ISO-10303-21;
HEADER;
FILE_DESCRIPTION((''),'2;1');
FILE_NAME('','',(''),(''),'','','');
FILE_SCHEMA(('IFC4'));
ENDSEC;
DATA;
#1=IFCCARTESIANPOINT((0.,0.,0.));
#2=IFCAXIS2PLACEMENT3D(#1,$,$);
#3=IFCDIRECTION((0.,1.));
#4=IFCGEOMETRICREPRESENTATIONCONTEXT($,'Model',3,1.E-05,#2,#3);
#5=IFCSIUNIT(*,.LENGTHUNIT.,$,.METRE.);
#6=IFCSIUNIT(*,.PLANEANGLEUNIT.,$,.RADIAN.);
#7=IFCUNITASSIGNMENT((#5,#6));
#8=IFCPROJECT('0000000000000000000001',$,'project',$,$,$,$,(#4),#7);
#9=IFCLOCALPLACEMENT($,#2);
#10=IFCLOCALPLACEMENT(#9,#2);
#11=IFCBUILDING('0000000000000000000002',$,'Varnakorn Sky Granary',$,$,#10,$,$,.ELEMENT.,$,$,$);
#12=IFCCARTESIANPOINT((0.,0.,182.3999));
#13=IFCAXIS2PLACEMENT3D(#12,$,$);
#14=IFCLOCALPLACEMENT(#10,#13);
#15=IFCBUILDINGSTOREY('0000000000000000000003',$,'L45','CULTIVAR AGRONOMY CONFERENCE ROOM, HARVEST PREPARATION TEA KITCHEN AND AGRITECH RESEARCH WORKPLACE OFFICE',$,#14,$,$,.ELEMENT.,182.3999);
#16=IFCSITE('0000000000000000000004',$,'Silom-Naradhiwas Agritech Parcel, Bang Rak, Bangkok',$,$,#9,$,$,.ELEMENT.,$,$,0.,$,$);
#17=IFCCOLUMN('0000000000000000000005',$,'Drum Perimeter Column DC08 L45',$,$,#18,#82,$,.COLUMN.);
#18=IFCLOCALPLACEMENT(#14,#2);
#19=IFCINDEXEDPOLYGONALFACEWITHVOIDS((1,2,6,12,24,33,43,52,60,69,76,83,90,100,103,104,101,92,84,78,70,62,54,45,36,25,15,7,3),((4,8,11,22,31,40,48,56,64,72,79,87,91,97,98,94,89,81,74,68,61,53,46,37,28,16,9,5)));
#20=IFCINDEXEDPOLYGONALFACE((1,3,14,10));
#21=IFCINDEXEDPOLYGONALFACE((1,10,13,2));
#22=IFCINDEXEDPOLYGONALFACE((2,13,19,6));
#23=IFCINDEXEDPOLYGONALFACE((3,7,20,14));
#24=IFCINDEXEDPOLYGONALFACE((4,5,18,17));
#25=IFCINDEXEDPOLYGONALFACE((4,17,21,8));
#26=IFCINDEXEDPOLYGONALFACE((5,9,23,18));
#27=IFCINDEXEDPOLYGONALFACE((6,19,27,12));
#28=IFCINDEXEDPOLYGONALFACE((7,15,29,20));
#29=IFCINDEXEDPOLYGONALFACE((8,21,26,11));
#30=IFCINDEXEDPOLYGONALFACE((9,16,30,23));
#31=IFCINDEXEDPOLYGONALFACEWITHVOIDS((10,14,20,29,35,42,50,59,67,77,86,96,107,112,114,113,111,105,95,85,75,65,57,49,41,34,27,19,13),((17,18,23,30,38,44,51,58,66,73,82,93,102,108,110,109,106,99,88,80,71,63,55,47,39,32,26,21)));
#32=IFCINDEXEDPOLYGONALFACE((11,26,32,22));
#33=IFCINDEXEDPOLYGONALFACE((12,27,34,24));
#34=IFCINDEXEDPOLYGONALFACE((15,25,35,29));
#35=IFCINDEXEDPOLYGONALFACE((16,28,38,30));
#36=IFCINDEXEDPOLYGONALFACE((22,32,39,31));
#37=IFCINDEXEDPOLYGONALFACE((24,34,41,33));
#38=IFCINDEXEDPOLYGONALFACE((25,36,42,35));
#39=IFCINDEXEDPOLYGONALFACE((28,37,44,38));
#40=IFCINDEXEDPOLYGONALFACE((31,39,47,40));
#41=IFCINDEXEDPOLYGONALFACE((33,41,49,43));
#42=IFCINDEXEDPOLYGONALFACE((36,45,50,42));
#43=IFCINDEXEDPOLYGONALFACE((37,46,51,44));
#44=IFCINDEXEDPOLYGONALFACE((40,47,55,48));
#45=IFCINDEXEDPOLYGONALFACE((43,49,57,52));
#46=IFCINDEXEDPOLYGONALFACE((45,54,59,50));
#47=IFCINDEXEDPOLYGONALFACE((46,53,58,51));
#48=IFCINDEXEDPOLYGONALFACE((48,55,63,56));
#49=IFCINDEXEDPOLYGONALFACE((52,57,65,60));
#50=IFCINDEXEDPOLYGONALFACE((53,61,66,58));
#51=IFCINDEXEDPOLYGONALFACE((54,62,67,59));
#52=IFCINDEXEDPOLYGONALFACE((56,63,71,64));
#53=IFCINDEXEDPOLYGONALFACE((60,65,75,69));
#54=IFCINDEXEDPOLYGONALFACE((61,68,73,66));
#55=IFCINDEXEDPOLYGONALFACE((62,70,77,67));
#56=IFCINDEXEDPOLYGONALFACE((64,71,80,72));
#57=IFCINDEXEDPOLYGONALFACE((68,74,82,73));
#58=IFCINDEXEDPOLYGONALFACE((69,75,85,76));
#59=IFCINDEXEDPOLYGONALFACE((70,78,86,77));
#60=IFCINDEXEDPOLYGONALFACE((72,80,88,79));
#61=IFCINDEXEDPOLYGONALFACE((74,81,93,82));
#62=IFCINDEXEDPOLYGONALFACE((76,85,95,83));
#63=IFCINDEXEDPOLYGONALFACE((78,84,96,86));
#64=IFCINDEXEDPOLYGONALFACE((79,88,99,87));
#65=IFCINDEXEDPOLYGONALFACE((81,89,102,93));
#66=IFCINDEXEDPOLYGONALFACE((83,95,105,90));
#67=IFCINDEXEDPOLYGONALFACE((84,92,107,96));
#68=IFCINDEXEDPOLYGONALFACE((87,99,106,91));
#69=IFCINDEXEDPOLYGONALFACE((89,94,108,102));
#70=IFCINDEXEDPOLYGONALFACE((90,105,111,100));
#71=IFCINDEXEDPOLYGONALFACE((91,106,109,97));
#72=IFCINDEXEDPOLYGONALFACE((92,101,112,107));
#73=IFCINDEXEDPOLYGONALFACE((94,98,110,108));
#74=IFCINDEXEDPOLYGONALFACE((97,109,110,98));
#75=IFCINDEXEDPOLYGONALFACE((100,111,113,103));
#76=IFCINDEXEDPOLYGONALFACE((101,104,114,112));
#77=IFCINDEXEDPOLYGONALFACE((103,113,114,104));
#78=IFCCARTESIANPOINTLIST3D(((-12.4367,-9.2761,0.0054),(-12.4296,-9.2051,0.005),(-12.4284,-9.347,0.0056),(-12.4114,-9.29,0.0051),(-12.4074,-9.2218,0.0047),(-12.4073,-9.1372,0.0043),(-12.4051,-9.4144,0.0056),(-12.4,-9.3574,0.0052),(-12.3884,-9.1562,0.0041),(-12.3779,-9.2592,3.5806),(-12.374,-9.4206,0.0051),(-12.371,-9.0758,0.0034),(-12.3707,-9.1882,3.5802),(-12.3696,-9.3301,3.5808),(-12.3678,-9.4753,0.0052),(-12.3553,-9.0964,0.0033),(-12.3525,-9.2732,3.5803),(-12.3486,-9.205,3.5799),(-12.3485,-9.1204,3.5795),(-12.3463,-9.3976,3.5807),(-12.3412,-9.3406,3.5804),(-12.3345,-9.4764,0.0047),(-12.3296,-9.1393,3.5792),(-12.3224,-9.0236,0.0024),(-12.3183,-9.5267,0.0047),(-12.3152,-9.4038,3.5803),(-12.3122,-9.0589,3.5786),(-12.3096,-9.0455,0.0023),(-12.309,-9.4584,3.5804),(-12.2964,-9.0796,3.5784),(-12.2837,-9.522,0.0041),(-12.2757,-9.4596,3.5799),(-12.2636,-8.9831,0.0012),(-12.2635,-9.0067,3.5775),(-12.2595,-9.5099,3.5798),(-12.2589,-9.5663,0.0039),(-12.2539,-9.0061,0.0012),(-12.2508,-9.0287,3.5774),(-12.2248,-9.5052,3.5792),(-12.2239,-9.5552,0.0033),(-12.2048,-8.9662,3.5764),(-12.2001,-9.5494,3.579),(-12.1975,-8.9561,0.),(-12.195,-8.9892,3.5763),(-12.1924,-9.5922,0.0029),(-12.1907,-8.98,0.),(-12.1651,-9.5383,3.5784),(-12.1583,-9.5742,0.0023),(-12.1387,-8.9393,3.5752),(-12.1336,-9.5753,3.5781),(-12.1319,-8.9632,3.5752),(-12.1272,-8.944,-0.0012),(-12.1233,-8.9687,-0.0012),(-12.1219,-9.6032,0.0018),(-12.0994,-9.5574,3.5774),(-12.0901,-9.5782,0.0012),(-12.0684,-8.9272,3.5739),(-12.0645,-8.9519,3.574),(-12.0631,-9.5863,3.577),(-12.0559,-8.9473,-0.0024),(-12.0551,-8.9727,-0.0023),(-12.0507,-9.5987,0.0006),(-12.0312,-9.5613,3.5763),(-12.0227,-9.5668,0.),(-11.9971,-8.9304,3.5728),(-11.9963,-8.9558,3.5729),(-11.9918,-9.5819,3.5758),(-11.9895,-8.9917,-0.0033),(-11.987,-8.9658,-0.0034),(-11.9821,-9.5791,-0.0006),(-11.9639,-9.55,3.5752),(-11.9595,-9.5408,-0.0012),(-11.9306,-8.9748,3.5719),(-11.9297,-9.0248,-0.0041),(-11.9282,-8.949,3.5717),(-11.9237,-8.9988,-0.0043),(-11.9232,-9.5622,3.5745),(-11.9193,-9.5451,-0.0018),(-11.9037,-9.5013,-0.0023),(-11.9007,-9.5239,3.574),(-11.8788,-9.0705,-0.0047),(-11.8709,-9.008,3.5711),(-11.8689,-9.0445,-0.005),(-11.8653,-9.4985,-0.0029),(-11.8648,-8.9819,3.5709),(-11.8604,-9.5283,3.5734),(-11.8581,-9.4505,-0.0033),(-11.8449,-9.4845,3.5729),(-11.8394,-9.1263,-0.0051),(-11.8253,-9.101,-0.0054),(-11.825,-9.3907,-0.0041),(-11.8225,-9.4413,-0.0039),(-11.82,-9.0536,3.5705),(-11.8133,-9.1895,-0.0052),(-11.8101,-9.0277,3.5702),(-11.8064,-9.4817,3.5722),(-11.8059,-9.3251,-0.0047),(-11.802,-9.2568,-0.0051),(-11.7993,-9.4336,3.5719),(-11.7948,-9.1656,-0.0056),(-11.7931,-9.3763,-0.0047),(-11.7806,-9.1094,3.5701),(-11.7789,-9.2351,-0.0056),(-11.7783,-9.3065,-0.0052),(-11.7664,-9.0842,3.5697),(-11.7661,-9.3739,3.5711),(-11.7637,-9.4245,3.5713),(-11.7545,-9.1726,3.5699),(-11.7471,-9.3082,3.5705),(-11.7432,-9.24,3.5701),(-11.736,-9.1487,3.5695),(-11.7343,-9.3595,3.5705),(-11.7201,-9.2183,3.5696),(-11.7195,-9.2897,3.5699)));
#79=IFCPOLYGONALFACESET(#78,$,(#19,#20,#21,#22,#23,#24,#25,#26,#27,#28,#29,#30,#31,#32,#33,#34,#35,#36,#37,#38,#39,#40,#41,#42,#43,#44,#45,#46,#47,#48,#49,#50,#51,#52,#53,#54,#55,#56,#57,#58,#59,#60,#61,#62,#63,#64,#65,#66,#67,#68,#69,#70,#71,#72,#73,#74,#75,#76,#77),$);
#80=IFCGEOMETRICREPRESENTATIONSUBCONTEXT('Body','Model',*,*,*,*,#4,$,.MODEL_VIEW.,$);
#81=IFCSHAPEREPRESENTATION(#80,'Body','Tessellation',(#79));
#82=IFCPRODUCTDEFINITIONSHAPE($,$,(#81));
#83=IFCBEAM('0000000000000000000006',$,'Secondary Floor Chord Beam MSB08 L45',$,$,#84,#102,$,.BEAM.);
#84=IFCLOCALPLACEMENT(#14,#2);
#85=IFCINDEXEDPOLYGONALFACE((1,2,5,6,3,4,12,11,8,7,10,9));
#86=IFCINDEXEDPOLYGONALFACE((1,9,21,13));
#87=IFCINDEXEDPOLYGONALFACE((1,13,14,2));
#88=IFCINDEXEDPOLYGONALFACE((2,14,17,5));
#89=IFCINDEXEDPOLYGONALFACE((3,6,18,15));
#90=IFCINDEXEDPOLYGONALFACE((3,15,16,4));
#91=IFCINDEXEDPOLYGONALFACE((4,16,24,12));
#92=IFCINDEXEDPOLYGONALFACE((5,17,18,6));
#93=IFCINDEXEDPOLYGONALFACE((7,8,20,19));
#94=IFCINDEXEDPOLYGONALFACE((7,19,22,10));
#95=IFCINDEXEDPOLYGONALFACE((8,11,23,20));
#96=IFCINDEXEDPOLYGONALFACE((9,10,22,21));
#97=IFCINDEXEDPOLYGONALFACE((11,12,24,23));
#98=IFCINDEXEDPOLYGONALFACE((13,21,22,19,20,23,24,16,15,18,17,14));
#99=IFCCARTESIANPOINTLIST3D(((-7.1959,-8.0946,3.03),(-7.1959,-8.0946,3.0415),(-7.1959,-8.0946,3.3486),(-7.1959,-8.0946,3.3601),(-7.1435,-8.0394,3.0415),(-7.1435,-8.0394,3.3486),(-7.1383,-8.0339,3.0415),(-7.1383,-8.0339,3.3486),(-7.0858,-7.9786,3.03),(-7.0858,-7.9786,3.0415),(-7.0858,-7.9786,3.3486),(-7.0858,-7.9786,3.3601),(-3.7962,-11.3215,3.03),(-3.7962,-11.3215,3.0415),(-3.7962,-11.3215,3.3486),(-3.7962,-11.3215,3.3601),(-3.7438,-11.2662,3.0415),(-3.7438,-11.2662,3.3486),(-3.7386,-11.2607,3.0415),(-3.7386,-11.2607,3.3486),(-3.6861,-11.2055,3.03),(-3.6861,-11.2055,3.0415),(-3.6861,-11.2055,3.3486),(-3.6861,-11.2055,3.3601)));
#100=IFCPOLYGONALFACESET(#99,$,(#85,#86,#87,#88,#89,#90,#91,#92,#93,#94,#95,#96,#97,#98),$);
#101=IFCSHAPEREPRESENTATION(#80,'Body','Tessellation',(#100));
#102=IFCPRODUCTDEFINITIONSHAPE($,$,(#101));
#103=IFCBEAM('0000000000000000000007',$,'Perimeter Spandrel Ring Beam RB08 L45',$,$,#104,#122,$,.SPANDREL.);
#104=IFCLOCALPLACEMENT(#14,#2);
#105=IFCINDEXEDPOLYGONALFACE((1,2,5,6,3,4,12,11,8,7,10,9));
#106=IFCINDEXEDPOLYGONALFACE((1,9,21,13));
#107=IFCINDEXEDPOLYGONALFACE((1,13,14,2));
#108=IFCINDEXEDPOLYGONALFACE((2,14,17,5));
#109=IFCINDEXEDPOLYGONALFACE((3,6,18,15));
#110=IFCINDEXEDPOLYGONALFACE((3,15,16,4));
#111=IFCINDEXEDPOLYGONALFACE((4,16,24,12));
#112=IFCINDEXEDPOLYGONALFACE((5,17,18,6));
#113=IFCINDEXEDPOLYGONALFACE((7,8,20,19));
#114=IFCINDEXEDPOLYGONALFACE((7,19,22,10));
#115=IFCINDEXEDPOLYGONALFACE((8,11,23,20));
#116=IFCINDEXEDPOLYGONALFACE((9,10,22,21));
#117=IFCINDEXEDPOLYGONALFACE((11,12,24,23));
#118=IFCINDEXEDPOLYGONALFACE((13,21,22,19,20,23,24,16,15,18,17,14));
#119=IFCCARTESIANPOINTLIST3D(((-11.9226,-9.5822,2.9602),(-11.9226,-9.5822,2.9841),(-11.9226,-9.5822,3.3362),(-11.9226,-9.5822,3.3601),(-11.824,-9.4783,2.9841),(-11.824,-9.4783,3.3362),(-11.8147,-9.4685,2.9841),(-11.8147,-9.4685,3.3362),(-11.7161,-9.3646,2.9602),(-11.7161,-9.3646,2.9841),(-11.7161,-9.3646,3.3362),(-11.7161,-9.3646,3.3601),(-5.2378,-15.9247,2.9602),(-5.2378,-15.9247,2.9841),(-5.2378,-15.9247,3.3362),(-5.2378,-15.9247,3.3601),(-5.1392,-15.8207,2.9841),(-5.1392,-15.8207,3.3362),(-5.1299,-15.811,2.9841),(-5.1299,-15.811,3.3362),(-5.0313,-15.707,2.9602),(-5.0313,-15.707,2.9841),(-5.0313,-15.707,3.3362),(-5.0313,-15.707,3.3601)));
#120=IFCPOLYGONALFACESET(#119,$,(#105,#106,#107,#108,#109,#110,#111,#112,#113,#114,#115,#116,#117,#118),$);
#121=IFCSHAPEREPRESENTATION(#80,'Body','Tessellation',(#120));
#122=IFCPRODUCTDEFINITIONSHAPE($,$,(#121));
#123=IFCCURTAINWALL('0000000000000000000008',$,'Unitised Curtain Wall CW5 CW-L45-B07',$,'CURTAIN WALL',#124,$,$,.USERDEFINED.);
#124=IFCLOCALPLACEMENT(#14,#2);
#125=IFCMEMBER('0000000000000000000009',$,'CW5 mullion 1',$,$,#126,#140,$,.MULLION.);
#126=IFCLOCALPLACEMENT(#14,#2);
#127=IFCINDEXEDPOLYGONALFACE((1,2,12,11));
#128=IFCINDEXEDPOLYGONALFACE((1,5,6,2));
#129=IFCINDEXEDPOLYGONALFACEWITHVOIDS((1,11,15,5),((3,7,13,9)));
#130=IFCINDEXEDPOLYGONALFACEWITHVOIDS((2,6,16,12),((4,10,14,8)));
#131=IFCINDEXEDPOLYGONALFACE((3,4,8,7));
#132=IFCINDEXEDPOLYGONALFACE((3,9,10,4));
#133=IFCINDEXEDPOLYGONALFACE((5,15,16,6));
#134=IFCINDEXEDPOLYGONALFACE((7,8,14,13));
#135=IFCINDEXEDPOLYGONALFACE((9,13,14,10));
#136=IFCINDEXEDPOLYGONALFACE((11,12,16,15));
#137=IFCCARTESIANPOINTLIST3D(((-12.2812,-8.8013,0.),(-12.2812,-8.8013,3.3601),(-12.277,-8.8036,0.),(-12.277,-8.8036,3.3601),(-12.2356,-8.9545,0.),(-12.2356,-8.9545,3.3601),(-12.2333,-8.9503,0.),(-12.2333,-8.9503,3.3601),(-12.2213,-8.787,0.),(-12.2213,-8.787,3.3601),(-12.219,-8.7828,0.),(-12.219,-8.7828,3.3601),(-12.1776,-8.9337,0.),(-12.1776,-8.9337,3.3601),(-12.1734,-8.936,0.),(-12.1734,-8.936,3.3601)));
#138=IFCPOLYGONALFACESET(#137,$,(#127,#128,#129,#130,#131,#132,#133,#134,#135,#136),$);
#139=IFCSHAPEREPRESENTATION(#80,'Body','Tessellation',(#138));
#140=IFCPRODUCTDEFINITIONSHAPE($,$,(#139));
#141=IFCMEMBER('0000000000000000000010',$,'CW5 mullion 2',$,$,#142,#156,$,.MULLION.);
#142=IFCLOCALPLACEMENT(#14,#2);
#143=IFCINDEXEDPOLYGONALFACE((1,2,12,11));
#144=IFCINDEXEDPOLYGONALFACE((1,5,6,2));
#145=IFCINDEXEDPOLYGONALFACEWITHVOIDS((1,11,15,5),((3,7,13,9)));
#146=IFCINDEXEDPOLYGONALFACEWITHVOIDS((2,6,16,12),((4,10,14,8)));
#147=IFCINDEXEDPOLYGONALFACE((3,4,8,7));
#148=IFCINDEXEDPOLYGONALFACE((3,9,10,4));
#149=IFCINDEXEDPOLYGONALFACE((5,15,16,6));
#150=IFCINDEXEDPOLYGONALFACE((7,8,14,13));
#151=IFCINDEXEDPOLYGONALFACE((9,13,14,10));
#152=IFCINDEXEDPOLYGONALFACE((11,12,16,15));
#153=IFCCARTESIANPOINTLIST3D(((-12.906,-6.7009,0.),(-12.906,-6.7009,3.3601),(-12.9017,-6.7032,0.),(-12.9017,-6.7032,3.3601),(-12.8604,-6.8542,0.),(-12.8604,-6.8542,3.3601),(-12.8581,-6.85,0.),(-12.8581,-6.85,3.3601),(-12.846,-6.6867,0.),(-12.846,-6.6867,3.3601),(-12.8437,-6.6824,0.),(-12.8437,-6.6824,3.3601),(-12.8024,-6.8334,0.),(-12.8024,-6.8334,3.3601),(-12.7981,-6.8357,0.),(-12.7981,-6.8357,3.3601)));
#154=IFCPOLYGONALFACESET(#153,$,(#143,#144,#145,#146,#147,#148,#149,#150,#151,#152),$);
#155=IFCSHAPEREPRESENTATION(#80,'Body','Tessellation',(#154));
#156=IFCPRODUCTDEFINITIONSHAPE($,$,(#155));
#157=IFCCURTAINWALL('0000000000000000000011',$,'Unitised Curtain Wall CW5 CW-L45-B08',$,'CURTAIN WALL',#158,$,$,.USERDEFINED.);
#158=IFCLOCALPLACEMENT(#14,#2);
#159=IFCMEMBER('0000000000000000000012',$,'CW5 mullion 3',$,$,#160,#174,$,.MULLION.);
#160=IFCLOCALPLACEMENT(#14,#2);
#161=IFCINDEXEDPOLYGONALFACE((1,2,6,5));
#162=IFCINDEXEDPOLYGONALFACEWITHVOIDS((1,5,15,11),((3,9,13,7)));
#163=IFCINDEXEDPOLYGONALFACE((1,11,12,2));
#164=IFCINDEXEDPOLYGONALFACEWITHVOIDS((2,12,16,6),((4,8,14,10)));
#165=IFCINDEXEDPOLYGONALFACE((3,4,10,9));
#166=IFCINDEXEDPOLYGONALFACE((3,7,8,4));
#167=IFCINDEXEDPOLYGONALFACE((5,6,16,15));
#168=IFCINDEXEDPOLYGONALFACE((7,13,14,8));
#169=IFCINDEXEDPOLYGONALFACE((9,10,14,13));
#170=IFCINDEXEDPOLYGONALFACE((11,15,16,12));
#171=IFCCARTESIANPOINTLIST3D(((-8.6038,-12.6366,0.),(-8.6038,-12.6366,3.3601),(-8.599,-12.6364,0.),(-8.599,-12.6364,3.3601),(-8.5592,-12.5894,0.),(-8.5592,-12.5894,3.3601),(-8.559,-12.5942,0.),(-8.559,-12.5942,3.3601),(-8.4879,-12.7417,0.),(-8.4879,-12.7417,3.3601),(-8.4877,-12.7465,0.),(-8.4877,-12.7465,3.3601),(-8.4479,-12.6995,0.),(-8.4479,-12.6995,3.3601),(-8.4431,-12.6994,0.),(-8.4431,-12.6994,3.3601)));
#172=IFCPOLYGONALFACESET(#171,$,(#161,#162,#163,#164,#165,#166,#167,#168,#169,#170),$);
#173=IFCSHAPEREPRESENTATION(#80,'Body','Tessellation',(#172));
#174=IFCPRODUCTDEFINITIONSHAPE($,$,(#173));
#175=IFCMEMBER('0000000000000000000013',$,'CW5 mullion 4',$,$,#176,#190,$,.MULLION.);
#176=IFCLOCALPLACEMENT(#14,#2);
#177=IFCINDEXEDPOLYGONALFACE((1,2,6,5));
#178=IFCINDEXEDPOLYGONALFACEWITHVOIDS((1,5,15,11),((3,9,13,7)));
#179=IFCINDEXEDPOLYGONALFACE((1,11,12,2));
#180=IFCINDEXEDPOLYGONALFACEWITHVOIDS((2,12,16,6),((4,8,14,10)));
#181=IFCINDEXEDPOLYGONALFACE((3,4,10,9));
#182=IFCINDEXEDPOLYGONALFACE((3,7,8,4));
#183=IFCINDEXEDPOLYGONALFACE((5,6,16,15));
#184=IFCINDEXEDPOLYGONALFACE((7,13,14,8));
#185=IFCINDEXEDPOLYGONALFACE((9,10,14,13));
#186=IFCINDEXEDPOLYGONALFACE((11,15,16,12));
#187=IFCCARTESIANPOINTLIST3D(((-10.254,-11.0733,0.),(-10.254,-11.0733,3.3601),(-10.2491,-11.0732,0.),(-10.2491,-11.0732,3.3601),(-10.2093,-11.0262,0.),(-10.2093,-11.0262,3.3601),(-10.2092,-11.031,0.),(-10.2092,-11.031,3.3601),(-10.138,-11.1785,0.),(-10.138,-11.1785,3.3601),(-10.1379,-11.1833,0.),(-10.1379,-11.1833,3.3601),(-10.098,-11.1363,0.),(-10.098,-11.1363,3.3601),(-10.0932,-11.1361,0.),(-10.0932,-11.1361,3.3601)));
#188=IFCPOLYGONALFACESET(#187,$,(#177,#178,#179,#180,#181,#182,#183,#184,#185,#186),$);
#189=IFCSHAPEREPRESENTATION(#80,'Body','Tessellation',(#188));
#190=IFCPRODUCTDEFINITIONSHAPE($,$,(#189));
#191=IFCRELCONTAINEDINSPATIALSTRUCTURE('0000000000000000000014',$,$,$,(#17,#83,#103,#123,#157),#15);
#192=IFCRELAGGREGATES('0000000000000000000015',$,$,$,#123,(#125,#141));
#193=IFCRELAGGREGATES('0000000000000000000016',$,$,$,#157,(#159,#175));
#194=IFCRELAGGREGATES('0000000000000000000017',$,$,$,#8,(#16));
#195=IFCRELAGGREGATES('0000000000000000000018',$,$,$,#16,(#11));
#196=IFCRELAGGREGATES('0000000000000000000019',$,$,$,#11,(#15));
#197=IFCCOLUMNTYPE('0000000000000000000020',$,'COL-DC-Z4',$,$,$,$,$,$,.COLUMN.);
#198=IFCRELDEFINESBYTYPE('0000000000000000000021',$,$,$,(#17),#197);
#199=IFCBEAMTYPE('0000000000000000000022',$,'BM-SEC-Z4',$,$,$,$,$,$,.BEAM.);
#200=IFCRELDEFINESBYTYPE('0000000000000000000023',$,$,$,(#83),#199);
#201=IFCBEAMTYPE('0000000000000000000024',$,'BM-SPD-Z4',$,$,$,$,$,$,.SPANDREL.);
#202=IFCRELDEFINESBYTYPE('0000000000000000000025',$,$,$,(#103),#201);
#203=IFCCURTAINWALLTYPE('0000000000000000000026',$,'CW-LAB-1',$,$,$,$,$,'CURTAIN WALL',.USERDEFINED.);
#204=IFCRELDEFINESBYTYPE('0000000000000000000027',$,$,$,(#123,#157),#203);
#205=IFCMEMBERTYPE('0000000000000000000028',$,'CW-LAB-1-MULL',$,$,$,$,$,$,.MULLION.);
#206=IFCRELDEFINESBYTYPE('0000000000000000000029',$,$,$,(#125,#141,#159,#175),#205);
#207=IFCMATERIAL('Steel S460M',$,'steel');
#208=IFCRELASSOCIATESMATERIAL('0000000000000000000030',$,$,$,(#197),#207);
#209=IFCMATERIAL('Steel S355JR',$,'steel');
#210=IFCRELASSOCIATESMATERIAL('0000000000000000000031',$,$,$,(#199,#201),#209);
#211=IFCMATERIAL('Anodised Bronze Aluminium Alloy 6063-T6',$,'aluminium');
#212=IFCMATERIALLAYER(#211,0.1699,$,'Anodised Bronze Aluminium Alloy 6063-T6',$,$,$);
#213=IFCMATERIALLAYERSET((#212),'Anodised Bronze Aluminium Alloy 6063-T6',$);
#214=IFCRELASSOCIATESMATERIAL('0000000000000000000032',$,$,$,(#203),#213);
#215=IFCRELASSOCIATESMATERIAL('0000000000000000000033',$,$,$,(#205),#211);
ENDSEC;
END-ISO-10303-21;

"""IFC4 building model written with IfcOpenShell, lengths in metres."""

from ifc_helpers import new_model, si_unit, direction, frame, origin, origin_2d, place, context, subcontext, project, spatial, hollow_rectangle, hollow_circle, i_section, extrude, material, layer, layer_set, material_profile, profile_set, type_object, element, aggregate, save


model = new_model("IFC4")

# Units and contexts
model_context = context("Model", 3, precision=1e-05, world=origin(), true_north=direction((0.0, 1.0)))
body_context = subcontext(model_context, "Body", "Model", "MODEL_VIEW")
ifc_project = project(units=[si_unit("LENGTHUNIT", "METRE"), si_unit("PLANEANGLEUNIT", "RADIAN")], contexts=[model_context])

# Site, building, storey
site_placement = place(None, origin())
site = spatial("IfcSite", under=ifc_project, at=site_placement, Name="Silom-Naradhiwas Agritech Parcel, Bang Rak, Bangkok", CompositionType="ELEMENT", RefElevation=0.0)
building_placement = place(site_placement, origin())
building = spatial("IfcBuilding", under=site, at=building_placement, Name="Varnakorn Sky Granary", CompositionType="ELEMENT")
storey_placement = place(building_placement, frame((0.0, 0.0, 182.3999)))
storey = spatial("IfcBuildingStorey", under=building, at=storey_placement, Name="L45", Description="CULTIVAR AGRONOMY CONFERENCE ROOM, HARVEST PREPARATION TEA KITCHEN AND AGRITECH RESEARCH WORKPLACE OFFICE", CompositionType="ELEMENT", Elevation=182.3999)

# Column
ifc_material_1 = material(Name="Steel S460M", Category="steel")
ifc_material_profile_1 = material_profile(ifc_material_1, hollow_circle(Radius=0.3301, WallThickness=0.0249, at=origin_2d()), Name="CHS 660x25")
ifc_profile_set_1 = profile_set([ifc_material_profile_1], Name="Steel S460M")
column_type = type_object("IfcColumnType", Name="COL-DC-Z4", PredefinedType="COLUMN", material=ifc_profile_set_1)
column_placement = place(storey_placement, frame((-12.1067, -9.2734, 0.0), z_axis=(0.016455, 0.004711, 0.999854), x_axis=(-0.275248, 0.961373, 0.0)))
element("IfcColumn", 1, at=column_placement, inside=storey, type_object=column_type, Name="Drum Perimeter Column DC08 L45", PredefinedType="COLUMN", context=body_context, shape_type="SweptSolid", body=[
    extrude(hollow_circle(Radius=0.3301, WallThickness=0.0249, at=origin_2d()), origin(), (0.0, 0.0, 1.0), 3.5757),
])

# Beams
ifc_material_2 = material(Name="Steel S355JR", Category="steel")
ifc_material_profile_2 = material_profile(ifc_material_2, i_section(OverallWidth=0.1599, OverallDepth=0.3301, WebThickness=0.0076, FlangeThickness=0.0115, at=origin_2d()), Name="IPE 330")
ifc_profile_set_2 = profile_set([ifc_material_profile_2], Name="Steel S355JR")
beam_type_1 = type_object("IfcBeamType", Name="BM-SEC-Z4", PredefinedType="BEAM", material=ifc_profile_set_2)
beam_1_placement = place(storey_placement, frame((-7.1409, -8.0366, 3.1951), z_axis=(0.725305, -0.688428, 0.0), x_axis=(0.688428, 0.725305, 0.0)))
element("IfcBeam", 2, at=beam_1_placement, inside=storey, type_object=beam_type_1, Name="Secondary Floor Chord Beam MSB08 L45", PredefinedType="BEAM", context=body_context, shape_type="SweptSolid", body=[
    extrude(i_section(OverallWidth=0.1599, OverallDepth=0.3301, WebThickness=0.0076, FlangeThickness=0.0115, at=origin_2d()), origin(), (0.0, 0.0, 1.0), 4.6873),
])
ifc_material_profile_3 = material_profile(ifc_material_2, i_section(OverallWidth=0.3, OverallDepth=0.3999, WebThickness=0.0134, FlangeThickness=0.0239, at=origin_2d()), Name="HE 400 B")
ifc_profile_set_3 = profile_set([ifc_material_profile_3], Name="Steel S355JR")
beam_type_2 = type_object("IfcBeamType", Name="BM-SPD-Z4", PredefinedType="SPANDREL", material=ifc_profile_set_3)
beam_2_placement = place(storey_placement, frame((-11.8193, -9.4734, 3.1602), z_axis=(0.725435, -0.68829, 0.0), x_axis=(0.68829, 0.725435, 0.0)))
element("IfcBeam", 3, at=beam_2_placement, inside=storey, type_object=beam_type_2, Name="Perimeter Spandrel Ring Beam RB08 L45", PredefinedType="SPANDREL", context=body_context, shape_type="SweptSolid", body=[
    extrude(i_section(OverallWidth=0.3, OverallDepth=0.3999, WebThickness=0.0134, FlangeThickness=0.0239, at=origin_2d()), origin(), (0.0, 0.0, 1.0), 9.2148),
])

# Curtain walls, members
ifc_material_3 = material(Name="Anodised Bronze Aluminium Alloy 6063-T6", Category="aluminium")
ifc_layer_1 = layer(ifc_material_3, 0.1699, Name="Anodised Bronze Aluminium Alloy 6063-T6")
ifc_layer_set_1 = layer_set([ifc_layer_1], Name="Anodised Bronze Aluminium Alloy 6063-T6")
curtain_wall_type = type_object("IfcCurtainWallType", Name="CW-LAB-1", ElementType="CURTAIN WALL", PredefinedType="USERDEFINED", material=ifc_layer_set_1)
curtain_wall_1_placement = place(storey_placement, origin())
curtain_wall_1 = element("IfcCurtainWall", 4, at=curtain_wall_1_placement, inside=storey, type_object=curtain_wall_type, Name="Unitised Curtain Wall CW5 CW-L45-B07", ObjectType="CURTAIN WALL", PredefinedType="USERDEFINED")
ifc_material_profile_4 = material_profile(ifc_material_3, hollow_rectangle(XDim=0.0649, YDim=0.1599, WallThickness=0.0034, at=origin_2d()), Name="ALU MULL 65x160")
ifc_profile_set_4 = profile_set([ifc_material_profile_4], Name="Anodised Bronze Aluminium Alloy 6063-T6")
member_type_1 = type_object("IfcMemberType", Name="CW-LAB-1-MULL", PredefinedType="MULLION", material=ifc_profile_set_4)
member_1_placement = place(storey_placement, frame((-12.2273, -8.8687, 0.0), z_axis=(0.0, 0.0, 1.0), x_axis=(-0.958503, -0.285081, 0.0)))
member_1 = element("IfcMember", 5, at=member_1_placement, type_object=member_type_1, Name="CW5 mullion 1", PredefinedType="MULLION", context=body_context, shape_type="SweptSolid", body=[
    extrude(hollow_rectangle(XDim=0.0649, YDim=0.1599, WallThickness=0.0034, at=origin_2d()), origin(), (0.0, 0.0, 1.0), 3.3601),
])
member_2_placement = place(storey_placement, frame((-12.8521, -6.7683, 0.0), z_axis=(0.0, 0.0, 1.0), x_axis=(-0.958503, -0.285081, 0.0)))
member_2 = element("IfcMember", 6, at=member_2_placement, type_object=member_type_1, Name="CW5 mullion 2", PredefinedType="MULLION", context=body_context, shape_type="SweptSolid", body=[
    extrude(hollow_rectangle(XDim=0.0649, YDim=0.1599, WallThickness=0.0034, at=origin_2d()), origin(), (0.0, 0.0, 1.0), 3.3601),
])
curtain_wall_2_placement = place(storey_placement, origin())
curtain_wall_2 = element("IfcCurtainWall", 7, at=curtain_wall_2_placement, inside=storey, type_object=curtain_wall_type, Name="Unitised Curtain Wall CW5 CW-L45-B08", ObjectType="CURTAIN WALL", PredefinedType="USERDEFINED")
member_3_placement = place(storey_placement, frame((-8.5234, -12.668, 0.0), z_axis=(0.0, 0.0, 1.0), x_axis=(-0.687692, -0.726002, 0.0)))
member_3 = element("IfcMember", 8, at=member_3_placement, type_object=member_type_1, Name="CW5 mullion 3", PredefinedType="MULLION", context=body_context, shape_type="SweptSolid", body=[
    extrude(hollow_rectangle(XDim=0.0649, YDim=0.1599, WallThickness=0.0034, at=origin_2d()), origin(), (0.0, 0.0, 1.0), 3.3601),
])
member_4_placement = place(storey_placement, frame((-10.1736, -11.1047, 0.0), z_axis=(0.0, 0.0, 1.0), x_axis=(-0.687692, -0.726002, 0.0)))
member_4 = element("IfcMember", 9, at=member_4_placement, type_object=member_type_1, Name="CW5 mullion 4", PredefinedType="MULLION", context=body_context, shape_type="SweptSolid", body=[
    extrude(hollow_rectangle(XDim=0.0649, YDim=0.1599, WallThickness=0.0034, at=origin_2d()), origin(), (0.0, 0.0, 1.0), 3.3601),
])

aggregate(curtain_wall_1, [member_1, member_2])
aggregate(curtain_wall_2, [member_3, member_4])

save(model, "model.ifc")
